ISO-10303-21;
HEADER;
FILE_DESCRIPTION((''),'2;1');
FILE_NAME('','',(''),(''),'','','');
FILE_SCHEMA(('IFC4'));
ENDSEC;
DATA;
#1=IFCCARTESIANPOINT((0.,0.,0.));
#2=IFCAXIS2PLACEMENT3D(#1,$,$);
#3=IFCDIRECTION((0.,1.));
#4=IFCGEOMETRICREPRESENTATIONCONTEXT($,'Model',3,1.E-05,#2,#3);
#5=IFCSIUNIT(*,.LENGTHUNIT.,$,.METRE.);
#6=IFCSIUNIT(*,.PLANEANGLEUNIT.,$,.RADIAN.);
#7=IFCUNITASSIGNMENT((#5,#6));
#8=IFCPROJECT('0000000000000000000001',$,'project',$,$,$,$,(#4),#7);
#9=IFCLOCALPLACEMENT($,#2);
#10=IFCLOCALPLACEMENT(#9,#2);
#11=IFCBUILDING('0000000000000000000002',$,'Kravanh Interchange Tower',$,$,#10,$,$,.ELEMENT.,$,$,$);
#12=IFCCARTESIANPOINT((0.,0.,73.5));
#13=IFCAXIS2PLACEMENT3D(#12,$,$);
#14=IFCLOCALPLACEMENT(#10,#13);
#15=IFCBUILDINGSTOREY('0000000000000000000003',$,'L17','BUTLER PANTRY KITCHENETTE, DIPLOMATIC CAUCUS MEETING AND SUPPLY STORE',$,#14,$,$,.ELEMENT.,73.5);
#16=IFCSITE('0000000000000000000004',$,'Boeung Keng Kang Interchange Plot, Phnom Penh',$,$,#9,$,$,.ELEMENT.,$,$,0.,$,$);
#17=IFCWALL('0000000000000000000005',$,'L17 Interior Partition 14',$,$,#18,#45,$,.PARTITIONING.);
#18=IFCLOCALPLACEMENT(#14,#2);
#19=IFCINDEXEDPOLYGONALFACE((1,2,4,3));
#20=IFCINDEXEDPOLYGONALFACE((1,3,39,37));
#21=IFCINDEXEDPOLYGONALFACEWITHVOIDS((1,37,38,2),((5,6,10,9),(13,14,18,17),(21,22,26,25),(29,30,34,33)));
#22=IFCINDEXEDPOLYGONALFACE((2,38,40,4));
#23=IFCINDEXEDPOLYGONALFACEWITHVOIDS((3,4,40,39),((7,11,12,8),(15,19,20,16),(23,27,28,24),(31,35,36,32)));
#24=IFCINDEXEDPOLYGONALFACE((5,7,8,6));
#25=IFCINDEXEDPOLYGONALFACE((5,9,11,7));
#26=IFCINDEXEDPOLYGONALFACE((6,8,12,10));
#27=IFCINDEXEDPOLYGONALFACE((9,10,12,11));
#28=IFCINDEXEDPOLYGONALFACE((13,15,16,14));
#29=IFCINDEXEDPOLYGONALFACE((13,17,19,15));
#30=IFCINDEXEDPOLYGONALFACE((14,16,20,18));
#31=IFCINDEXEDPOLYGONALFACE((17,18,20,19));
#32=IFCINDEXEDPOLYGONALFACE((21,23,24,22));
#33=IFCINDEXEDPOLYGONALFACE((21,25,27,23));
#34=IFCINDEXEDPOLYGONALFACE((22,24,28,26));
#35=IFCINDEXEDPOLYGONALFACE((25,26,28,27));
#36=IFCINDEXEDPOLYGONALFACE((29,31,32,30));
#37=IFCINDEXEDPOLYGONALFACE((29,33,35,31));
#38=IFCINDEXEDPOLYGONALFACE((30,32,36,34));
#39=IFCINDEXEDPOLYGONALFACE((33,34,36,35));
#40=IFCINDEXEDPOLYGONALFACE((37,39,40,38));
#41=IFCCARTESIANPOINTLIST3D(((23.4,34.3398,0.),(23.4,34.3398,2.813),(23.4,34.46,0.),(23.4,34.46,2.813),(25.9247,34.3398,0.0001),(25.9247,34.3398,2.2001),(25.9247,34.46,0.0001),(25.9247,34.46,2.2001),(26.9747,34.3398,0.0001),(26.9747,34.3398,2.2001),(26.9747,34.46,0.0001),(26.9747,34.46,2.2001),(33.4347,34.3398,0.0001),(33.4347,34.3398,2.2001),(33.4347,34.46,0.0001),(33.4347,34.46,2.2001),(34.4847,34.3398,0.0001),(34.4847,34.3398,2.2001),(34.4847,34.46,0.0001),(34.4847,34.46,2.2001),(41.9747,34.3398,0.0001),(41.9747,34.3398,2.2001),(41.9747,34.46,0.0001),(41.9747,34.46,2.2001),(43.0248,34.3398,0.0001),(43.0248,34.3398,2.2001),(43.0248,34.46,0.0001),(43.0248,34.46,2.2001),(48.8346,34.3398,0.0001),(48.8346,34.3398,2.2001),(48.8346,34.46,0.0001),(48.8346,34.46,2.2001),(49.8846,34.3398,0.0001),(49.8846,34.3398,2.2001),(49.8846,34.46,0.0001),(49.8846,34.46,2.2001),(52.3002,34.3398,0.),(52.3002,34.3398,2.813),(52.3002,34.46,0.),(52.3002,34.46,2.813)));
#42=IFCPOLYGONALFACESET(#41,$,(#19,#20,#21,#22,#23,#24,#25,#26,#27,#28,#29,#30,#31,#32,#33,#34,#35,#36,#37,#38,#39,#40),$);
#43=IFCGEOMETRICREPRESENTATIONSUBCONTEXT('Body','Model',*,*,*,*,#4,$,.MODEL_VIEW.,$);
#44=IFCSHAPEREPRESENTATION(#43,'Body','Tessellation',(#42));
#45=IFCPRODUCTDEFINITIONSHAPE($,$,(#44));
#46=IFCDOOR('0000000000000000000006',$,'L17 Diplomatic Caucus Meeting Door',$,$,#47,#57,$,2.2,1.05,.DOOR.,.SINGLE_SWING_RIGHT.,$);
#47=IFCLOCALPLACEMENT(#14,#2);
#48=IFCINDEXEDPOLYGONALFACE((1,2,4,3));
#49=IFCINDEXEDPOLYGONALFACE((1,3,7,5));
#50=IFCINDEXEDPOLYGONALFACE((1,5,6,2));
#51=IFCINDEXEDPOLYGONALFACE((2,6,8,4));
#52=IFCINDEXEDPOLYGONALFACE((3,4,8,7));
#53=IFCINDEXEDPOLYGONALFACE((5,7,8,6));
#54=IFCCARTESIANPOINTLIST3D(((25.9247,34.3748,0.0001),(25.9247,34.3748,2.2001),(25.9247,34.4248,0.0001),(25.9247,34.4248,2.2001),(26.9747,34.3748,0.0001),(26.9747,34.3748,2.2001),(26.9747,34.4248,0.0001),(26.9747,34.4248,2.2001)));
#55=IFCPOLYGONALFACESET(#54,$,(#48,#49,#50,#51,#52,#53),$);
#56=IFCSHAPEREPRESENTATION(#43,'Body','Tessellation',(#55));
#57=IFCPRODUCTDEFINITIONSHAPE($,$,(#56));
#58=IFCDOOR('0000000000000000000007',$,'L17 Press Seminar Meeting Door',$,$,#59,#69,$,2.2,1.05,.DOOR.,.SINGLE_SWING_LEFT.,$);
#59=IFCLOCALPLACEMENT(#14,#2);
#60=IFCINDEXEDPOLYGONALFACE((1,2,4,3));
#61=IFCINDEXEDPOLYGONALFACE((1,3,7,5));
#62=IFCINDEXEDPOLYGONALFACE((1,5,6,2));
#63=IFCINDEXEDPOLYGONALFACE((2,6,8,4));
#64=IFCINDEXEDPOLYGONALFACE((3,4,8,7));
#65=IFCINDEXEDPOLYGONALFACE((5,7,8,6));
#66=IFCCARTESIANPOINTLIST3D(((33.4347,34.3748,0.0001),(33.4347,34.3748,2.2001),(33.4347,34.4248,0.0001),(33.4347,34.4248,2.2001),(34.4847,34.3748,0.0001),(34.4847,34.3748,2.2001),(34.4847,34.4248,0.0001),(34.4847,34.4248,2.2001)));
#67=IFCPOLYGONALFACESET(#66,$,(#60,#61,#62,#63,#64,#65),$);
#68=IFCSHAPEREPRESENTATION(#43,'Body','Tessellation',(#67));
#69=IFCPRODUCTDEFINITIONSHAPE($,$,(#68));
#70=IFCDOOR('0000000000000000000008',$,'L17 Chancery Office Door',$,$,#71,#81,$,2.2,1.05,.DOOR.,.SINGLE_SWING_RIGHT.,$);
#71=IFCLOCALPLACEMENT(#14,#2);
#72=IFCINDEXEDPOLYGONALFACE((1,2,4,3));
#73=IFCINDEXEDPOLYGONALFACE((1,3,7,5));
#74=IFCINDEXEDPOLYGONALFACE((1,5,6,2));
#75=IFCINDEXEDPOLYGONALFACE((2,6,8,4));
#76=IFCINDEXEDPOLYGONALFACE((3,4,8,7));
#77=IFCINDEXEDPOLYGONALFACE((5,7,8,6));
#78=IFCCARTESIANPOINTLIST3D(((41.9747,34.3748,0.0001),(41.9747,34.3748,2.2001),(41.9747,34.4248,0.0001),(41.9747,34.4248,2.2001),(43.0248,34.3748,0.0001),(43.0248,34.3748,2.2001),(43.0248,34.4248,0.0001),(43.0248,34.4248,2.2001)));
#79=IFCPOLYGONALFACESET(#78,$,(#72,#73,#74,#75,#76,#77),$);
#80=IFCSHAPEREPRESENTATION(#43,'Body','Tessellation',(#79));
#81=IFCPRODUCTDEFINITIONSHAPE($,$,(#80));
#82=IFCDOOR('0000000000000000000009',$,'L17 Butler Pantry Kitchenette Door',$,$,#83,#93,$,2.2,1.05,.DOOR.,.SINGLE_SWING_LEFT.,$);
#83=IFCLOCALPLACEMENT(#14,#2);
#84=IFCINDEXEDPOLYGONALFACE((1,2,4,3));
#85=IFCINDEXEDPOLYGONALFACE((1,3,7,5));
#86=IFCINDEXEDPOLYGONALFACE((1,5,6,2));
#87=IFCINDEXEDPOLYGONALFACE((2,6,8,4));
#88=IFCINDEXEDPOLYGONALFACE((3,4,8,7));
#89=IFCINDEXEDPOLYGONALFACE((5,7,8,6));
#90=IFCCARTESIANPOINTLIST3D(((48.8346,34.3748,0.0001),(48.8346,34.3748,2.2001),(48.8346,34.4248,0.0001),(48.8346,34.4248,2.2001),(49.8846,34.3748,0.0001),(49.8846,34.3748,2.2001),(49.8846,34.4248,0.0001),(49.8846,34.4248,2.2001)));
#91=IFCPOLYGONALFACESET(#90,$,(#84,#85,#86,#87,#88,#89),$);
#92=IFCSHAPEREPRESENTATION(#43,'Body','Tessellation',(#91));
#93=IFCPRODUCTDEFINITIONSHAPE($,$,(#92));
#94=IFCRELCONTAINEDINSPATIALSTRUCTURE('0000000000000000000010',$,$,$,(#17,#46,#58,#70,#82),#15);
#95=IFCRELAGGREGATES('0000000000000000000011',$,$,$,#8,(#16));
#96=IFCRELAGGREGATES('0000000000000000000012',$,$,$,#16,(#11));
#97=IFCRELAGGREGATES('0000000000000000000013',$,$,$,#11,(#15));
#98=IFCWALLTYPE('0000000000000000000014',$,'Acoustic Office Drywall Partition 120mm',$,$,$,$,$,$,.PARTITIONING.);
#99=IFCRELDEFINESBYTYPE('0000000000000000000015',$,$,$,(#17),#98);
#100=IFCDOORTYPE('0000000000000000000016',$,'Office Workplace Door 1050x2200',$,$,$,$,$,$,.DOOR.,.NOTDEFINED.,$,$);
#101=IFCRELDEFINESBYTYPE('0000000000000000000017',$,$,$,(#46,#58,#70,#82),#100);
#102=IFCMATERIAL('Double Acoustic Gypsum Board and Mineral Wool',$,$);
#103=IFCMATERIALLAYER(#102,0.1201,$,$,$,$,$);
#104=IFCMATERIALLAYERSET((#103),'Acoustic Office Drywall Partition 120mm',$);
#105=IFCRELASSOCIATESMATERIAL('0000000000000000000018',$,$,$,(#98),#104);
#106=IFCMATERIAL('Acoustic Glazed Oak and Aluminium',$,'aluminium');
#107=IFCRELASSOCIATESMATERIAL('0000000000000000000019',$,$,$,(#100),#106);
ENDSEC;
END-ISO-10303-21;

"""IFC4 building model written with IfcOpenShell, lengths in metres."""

from ifc_helpers import new_model, si_unit, direction, frame, frame_2d, origin, place, context, subcontext, project, spatial, rectangle, extrude, material, layer, layer_set, type_object, element, fill, save


model = new_model("IFC4")

# Units and contexts
model_context = context("Model", 3, precision=1e-05, world=origin(), true_north=direction((0.0, 1.0)))
body_context = subcontext(model_context, "Body", "Model", "MODEL_VIEW")
ifc_project = project(units=[si_unit("LENGTHUNIT", "METRE"), si_unit("PLANEANGLEUNIT", "RADIAN")], contexts=[model_context])

# Site, building, storey
site_placement = place(None, origin())
site = spatial("IfcSite", under=ifc_project, at=site_placement, Name="Boeung Keng Kang Interchange Plot, Phnom Penh", CompositionType="ELEMENT", RefElevation=0.0)
building_placement = place(site_placement, origin())
building = spatial("IfcBuilding", under=site, at=building_placement, Name="Kravanh Interchange Tower", CompositionType="ELEMENT")
storey_placement = place(building_placement, frame((0.0, 0.0, 73.5)))
storey = spatial("IfcBuildingStorey", under=building, at=storey_placement, Name="L17", Description="BUTLER PANTRY KITCHENETTE, DIPLOMATIC CAUCUS MEETING AND SUPPLY STORE", CompositionType="ELEMENT", Elevation=73.5)

# Wall, openings, doors
ifc_material_1 = material(Name="Double Acoustic Gypsum Board and Mineral Wool")
ifc_layer = layer(ifc_material_1, 0.1201)
ifc_layer_set = layer_set([ifc_layer], Name="Acoustic Office Drywall Partition 120mm")
wall_type = type_object("IfcWallType", Name="Acoustic Office Drywall Partition 120mm", PredefinedType="PARTITIONING", material=ifc_layer_set)
wall_placement = place(storey_placement, frame((23.3999, 34.3999, 0.0), z_axis=(0.0, 0.0, 1.0), x_axis=(1.0, 0.0, 0.0)))
wall = element("IfcWall", 1, at=wall_placement, inside=storey, type_object=wall_type, Name="L17 Interior Partition 14", PredefinedType="PARTITIONING", context=body_context, shape_type="SweptSolid", body=[
    extrude(rectangle(XDim=28.9001, YDim=0.1201, at=frame_2d((14.4502, 0.0))), origin(), (0.0, 0.0, 1.0), 2.813),
])
opening_1_placement = place(wall_placement, frame((2.5249, 0.0, 0.0)))
opening_1 = element("IfcOpeningElement", 2, at=opening_1_placement, cuts=wall, PredefinedType="OPENING", context=body_context, shape_type="SweptSolid", body=[
    extrude(rectangle(XDim=1.05, YDim=2.2, at=frame_2d((0.5249, 1.1001))), frame((0.0, 0.0701, 0.0), z_axis=(0.0, -1.0, 0.0), x_axis=(1.0, 0.0, 0.0)), (0.0, 0.0, 1.0), 0.1401),
])
opening_2_placement = place(wall_placement, frame((10.0349, 0.0, 0.0)))
opening_2 = element("IfcOpeningElement", 3, at=opening_2_placement, cuts=wall, PredefinedType="OPENING", context=body_context, shape_type="SweptSolid", body=[
    extrude(rectangle(XDim=1.05, YDim=2.2, at=frame_2d((0.5249, 1.1001))), frame((0.0, 0.0701, 0.0), z_axis=(0.0, -1.0, 0.0), x_axis=(1.0, 0.0, 0.0)), (0.0, 0.0, 1.0), 0.1401),
])
opening_3_placement = place(wall_placement, frame((18.575, 0.0, 0.0)))
opening_3 = element("IfcOpeningElement", 4, at=opening_3_placement, cuts=wall, PredefinedType="OPENING", context=body_context, shape_type="SweptSolid", body=[
    extrude(rectangle(XDim=1.05, YDim=2.2, at=frame_2d((0.5249, 1.1001))), frame((0.0, 0.0701, 0.0), z_axis=(0.0, -1.0, 0.0), x_axis=(1.0, 0.0, 0.0)), (0.0, 0.0, 1.0), 0.1401),
])
opening_4_placement = place(wall_placement, frame((25.4348, 0.0, 0.0)))
opening_4 = element("IfcOpeningElement", 5, at=opening_4_placement, cuts=wall, PredefinedType="OPENING", context=body_context, shape_type="SweptSolid", body=[
    extrude(rectangle(XDim=1.05, YDim=2.2, at=frame_2d((0.5249, 1.1001))), frame((0.0, 0.0701, 0.0), z_axis=(0.0, -1.0, 0.0), x_axis=(1.0, 0.0, 0.0)), (0.0, 0.0, 1.0), 0.1401),
])
ifc_material_2 = material(Name="Acoustic Glazed Oak and Aluminium", Category="aluminium")
door_type = type_object("IfcDoorType", Name="Office Workplace Door 1050x2200", OperationType="NOTDEFINED", PredefinedType="DOOR", material=ifc_material_2)
door_1_placement = place(opening_1_placement, origin())
door_1 = element("IfcDoor", 6, at=door_1_placement, inside=storey, type_object=door_type, Name="L17 Diplomatic Caucus Meeting Door", OperationType="SINGLE_SWING_RIGHT", OverallHeight=2.2, OverallWidth=1.05, PredefinedType="DOOR", context=body_context, shape_type="SweptSolid", body=[
    extrude(rectangle(XDim=1.05, YDim=2.2, at=frame_2d((0.5249, 1.1001))), frame((0.0, 0.0249, 0.0), z_axis=(0.0, -1.0, 0.0), x_axis=(1.0, 0.0, 0.0)), (0.0, 0.0, 1.0), 0.05),
])
fill(opening_1, door_1)
door_2_placement = place(opening_2_placement, origin())
door_2 = element("IfcDoor", 7, at=door_2_placement, inside=storey, type_object=door_type, Name="L17 Press Seminar Meeting Door", OperationType="SINGLE_SWING_LEFT", OverallHeight=2.2, OverallWidth=1.05, PredefinedType="DOOR", context=body_context, shape_type="SweptSolid", body=[
    extrude(rectangle(XDim=1.05, YDim=2.2, at=frame_2d((0.5249, 1.1001))), frame((0.0, 0.0249, 0.0), z_axis=(0.0, -1.0, 0.0), x_axis=(1.0, 0.0, 0.0)), (0.0, 0.0, 1.0), 0.05),
])
fill(opening_2, door_2)
door_3_placement = place(opening_3_placement, origin())
door_3 = element("IfcDoor", 8, at=door_3_placement, inside=storey, type_object=door_type, Name="L17 Chancery Office Door", OperationType="SINGLE_SWING_RIGHT", OverallHeight=2.2, OverallWidth=1.05, PredefinedType="DOOR", context=body_context, shape_type="SweptSolid", body=[
    extrude(rectangle(XDim=1.05, YDim=2.2, at=frame_2d((0.5249, 1.1001))), frame((0.0, 0.0249, 0.0), z_axis=(0.0, -1.0, 0.0), x_axis=(1.0, 0.0, 0.0)), (0.0, 0.0, 1.0), 0.05),
])
fill(opening_3, door_3)
door_4_placement = place(opening_4_placement, origin())
door_4 = element("IfcDoor", 9, at=door_4_placement, inside=storey, type_object=door_type, Name="L17 Butler Pantry Kitchenette Door", OperationType="SINGLE_SWING_LEFT", OverallHeight=2.2, OverallWidth=1.05, PredefinedType="DOOR", context=body_context, shape_type="SweptSolid", body=[
    extrude(rectangle(XDim=1.05, YDim=2.2, at=frame_2d((0.5249, 1.1001))), frame((0.0, 0.0249, 0.0), z_axis=(0.0, -1.0, 0.0), x_axis=(1.0, 0.0, 0.0)), (0.0, 0.0, 1.0), 0.05),
])
fill(opening_4, door_4)

save(model, "model.ifc")
